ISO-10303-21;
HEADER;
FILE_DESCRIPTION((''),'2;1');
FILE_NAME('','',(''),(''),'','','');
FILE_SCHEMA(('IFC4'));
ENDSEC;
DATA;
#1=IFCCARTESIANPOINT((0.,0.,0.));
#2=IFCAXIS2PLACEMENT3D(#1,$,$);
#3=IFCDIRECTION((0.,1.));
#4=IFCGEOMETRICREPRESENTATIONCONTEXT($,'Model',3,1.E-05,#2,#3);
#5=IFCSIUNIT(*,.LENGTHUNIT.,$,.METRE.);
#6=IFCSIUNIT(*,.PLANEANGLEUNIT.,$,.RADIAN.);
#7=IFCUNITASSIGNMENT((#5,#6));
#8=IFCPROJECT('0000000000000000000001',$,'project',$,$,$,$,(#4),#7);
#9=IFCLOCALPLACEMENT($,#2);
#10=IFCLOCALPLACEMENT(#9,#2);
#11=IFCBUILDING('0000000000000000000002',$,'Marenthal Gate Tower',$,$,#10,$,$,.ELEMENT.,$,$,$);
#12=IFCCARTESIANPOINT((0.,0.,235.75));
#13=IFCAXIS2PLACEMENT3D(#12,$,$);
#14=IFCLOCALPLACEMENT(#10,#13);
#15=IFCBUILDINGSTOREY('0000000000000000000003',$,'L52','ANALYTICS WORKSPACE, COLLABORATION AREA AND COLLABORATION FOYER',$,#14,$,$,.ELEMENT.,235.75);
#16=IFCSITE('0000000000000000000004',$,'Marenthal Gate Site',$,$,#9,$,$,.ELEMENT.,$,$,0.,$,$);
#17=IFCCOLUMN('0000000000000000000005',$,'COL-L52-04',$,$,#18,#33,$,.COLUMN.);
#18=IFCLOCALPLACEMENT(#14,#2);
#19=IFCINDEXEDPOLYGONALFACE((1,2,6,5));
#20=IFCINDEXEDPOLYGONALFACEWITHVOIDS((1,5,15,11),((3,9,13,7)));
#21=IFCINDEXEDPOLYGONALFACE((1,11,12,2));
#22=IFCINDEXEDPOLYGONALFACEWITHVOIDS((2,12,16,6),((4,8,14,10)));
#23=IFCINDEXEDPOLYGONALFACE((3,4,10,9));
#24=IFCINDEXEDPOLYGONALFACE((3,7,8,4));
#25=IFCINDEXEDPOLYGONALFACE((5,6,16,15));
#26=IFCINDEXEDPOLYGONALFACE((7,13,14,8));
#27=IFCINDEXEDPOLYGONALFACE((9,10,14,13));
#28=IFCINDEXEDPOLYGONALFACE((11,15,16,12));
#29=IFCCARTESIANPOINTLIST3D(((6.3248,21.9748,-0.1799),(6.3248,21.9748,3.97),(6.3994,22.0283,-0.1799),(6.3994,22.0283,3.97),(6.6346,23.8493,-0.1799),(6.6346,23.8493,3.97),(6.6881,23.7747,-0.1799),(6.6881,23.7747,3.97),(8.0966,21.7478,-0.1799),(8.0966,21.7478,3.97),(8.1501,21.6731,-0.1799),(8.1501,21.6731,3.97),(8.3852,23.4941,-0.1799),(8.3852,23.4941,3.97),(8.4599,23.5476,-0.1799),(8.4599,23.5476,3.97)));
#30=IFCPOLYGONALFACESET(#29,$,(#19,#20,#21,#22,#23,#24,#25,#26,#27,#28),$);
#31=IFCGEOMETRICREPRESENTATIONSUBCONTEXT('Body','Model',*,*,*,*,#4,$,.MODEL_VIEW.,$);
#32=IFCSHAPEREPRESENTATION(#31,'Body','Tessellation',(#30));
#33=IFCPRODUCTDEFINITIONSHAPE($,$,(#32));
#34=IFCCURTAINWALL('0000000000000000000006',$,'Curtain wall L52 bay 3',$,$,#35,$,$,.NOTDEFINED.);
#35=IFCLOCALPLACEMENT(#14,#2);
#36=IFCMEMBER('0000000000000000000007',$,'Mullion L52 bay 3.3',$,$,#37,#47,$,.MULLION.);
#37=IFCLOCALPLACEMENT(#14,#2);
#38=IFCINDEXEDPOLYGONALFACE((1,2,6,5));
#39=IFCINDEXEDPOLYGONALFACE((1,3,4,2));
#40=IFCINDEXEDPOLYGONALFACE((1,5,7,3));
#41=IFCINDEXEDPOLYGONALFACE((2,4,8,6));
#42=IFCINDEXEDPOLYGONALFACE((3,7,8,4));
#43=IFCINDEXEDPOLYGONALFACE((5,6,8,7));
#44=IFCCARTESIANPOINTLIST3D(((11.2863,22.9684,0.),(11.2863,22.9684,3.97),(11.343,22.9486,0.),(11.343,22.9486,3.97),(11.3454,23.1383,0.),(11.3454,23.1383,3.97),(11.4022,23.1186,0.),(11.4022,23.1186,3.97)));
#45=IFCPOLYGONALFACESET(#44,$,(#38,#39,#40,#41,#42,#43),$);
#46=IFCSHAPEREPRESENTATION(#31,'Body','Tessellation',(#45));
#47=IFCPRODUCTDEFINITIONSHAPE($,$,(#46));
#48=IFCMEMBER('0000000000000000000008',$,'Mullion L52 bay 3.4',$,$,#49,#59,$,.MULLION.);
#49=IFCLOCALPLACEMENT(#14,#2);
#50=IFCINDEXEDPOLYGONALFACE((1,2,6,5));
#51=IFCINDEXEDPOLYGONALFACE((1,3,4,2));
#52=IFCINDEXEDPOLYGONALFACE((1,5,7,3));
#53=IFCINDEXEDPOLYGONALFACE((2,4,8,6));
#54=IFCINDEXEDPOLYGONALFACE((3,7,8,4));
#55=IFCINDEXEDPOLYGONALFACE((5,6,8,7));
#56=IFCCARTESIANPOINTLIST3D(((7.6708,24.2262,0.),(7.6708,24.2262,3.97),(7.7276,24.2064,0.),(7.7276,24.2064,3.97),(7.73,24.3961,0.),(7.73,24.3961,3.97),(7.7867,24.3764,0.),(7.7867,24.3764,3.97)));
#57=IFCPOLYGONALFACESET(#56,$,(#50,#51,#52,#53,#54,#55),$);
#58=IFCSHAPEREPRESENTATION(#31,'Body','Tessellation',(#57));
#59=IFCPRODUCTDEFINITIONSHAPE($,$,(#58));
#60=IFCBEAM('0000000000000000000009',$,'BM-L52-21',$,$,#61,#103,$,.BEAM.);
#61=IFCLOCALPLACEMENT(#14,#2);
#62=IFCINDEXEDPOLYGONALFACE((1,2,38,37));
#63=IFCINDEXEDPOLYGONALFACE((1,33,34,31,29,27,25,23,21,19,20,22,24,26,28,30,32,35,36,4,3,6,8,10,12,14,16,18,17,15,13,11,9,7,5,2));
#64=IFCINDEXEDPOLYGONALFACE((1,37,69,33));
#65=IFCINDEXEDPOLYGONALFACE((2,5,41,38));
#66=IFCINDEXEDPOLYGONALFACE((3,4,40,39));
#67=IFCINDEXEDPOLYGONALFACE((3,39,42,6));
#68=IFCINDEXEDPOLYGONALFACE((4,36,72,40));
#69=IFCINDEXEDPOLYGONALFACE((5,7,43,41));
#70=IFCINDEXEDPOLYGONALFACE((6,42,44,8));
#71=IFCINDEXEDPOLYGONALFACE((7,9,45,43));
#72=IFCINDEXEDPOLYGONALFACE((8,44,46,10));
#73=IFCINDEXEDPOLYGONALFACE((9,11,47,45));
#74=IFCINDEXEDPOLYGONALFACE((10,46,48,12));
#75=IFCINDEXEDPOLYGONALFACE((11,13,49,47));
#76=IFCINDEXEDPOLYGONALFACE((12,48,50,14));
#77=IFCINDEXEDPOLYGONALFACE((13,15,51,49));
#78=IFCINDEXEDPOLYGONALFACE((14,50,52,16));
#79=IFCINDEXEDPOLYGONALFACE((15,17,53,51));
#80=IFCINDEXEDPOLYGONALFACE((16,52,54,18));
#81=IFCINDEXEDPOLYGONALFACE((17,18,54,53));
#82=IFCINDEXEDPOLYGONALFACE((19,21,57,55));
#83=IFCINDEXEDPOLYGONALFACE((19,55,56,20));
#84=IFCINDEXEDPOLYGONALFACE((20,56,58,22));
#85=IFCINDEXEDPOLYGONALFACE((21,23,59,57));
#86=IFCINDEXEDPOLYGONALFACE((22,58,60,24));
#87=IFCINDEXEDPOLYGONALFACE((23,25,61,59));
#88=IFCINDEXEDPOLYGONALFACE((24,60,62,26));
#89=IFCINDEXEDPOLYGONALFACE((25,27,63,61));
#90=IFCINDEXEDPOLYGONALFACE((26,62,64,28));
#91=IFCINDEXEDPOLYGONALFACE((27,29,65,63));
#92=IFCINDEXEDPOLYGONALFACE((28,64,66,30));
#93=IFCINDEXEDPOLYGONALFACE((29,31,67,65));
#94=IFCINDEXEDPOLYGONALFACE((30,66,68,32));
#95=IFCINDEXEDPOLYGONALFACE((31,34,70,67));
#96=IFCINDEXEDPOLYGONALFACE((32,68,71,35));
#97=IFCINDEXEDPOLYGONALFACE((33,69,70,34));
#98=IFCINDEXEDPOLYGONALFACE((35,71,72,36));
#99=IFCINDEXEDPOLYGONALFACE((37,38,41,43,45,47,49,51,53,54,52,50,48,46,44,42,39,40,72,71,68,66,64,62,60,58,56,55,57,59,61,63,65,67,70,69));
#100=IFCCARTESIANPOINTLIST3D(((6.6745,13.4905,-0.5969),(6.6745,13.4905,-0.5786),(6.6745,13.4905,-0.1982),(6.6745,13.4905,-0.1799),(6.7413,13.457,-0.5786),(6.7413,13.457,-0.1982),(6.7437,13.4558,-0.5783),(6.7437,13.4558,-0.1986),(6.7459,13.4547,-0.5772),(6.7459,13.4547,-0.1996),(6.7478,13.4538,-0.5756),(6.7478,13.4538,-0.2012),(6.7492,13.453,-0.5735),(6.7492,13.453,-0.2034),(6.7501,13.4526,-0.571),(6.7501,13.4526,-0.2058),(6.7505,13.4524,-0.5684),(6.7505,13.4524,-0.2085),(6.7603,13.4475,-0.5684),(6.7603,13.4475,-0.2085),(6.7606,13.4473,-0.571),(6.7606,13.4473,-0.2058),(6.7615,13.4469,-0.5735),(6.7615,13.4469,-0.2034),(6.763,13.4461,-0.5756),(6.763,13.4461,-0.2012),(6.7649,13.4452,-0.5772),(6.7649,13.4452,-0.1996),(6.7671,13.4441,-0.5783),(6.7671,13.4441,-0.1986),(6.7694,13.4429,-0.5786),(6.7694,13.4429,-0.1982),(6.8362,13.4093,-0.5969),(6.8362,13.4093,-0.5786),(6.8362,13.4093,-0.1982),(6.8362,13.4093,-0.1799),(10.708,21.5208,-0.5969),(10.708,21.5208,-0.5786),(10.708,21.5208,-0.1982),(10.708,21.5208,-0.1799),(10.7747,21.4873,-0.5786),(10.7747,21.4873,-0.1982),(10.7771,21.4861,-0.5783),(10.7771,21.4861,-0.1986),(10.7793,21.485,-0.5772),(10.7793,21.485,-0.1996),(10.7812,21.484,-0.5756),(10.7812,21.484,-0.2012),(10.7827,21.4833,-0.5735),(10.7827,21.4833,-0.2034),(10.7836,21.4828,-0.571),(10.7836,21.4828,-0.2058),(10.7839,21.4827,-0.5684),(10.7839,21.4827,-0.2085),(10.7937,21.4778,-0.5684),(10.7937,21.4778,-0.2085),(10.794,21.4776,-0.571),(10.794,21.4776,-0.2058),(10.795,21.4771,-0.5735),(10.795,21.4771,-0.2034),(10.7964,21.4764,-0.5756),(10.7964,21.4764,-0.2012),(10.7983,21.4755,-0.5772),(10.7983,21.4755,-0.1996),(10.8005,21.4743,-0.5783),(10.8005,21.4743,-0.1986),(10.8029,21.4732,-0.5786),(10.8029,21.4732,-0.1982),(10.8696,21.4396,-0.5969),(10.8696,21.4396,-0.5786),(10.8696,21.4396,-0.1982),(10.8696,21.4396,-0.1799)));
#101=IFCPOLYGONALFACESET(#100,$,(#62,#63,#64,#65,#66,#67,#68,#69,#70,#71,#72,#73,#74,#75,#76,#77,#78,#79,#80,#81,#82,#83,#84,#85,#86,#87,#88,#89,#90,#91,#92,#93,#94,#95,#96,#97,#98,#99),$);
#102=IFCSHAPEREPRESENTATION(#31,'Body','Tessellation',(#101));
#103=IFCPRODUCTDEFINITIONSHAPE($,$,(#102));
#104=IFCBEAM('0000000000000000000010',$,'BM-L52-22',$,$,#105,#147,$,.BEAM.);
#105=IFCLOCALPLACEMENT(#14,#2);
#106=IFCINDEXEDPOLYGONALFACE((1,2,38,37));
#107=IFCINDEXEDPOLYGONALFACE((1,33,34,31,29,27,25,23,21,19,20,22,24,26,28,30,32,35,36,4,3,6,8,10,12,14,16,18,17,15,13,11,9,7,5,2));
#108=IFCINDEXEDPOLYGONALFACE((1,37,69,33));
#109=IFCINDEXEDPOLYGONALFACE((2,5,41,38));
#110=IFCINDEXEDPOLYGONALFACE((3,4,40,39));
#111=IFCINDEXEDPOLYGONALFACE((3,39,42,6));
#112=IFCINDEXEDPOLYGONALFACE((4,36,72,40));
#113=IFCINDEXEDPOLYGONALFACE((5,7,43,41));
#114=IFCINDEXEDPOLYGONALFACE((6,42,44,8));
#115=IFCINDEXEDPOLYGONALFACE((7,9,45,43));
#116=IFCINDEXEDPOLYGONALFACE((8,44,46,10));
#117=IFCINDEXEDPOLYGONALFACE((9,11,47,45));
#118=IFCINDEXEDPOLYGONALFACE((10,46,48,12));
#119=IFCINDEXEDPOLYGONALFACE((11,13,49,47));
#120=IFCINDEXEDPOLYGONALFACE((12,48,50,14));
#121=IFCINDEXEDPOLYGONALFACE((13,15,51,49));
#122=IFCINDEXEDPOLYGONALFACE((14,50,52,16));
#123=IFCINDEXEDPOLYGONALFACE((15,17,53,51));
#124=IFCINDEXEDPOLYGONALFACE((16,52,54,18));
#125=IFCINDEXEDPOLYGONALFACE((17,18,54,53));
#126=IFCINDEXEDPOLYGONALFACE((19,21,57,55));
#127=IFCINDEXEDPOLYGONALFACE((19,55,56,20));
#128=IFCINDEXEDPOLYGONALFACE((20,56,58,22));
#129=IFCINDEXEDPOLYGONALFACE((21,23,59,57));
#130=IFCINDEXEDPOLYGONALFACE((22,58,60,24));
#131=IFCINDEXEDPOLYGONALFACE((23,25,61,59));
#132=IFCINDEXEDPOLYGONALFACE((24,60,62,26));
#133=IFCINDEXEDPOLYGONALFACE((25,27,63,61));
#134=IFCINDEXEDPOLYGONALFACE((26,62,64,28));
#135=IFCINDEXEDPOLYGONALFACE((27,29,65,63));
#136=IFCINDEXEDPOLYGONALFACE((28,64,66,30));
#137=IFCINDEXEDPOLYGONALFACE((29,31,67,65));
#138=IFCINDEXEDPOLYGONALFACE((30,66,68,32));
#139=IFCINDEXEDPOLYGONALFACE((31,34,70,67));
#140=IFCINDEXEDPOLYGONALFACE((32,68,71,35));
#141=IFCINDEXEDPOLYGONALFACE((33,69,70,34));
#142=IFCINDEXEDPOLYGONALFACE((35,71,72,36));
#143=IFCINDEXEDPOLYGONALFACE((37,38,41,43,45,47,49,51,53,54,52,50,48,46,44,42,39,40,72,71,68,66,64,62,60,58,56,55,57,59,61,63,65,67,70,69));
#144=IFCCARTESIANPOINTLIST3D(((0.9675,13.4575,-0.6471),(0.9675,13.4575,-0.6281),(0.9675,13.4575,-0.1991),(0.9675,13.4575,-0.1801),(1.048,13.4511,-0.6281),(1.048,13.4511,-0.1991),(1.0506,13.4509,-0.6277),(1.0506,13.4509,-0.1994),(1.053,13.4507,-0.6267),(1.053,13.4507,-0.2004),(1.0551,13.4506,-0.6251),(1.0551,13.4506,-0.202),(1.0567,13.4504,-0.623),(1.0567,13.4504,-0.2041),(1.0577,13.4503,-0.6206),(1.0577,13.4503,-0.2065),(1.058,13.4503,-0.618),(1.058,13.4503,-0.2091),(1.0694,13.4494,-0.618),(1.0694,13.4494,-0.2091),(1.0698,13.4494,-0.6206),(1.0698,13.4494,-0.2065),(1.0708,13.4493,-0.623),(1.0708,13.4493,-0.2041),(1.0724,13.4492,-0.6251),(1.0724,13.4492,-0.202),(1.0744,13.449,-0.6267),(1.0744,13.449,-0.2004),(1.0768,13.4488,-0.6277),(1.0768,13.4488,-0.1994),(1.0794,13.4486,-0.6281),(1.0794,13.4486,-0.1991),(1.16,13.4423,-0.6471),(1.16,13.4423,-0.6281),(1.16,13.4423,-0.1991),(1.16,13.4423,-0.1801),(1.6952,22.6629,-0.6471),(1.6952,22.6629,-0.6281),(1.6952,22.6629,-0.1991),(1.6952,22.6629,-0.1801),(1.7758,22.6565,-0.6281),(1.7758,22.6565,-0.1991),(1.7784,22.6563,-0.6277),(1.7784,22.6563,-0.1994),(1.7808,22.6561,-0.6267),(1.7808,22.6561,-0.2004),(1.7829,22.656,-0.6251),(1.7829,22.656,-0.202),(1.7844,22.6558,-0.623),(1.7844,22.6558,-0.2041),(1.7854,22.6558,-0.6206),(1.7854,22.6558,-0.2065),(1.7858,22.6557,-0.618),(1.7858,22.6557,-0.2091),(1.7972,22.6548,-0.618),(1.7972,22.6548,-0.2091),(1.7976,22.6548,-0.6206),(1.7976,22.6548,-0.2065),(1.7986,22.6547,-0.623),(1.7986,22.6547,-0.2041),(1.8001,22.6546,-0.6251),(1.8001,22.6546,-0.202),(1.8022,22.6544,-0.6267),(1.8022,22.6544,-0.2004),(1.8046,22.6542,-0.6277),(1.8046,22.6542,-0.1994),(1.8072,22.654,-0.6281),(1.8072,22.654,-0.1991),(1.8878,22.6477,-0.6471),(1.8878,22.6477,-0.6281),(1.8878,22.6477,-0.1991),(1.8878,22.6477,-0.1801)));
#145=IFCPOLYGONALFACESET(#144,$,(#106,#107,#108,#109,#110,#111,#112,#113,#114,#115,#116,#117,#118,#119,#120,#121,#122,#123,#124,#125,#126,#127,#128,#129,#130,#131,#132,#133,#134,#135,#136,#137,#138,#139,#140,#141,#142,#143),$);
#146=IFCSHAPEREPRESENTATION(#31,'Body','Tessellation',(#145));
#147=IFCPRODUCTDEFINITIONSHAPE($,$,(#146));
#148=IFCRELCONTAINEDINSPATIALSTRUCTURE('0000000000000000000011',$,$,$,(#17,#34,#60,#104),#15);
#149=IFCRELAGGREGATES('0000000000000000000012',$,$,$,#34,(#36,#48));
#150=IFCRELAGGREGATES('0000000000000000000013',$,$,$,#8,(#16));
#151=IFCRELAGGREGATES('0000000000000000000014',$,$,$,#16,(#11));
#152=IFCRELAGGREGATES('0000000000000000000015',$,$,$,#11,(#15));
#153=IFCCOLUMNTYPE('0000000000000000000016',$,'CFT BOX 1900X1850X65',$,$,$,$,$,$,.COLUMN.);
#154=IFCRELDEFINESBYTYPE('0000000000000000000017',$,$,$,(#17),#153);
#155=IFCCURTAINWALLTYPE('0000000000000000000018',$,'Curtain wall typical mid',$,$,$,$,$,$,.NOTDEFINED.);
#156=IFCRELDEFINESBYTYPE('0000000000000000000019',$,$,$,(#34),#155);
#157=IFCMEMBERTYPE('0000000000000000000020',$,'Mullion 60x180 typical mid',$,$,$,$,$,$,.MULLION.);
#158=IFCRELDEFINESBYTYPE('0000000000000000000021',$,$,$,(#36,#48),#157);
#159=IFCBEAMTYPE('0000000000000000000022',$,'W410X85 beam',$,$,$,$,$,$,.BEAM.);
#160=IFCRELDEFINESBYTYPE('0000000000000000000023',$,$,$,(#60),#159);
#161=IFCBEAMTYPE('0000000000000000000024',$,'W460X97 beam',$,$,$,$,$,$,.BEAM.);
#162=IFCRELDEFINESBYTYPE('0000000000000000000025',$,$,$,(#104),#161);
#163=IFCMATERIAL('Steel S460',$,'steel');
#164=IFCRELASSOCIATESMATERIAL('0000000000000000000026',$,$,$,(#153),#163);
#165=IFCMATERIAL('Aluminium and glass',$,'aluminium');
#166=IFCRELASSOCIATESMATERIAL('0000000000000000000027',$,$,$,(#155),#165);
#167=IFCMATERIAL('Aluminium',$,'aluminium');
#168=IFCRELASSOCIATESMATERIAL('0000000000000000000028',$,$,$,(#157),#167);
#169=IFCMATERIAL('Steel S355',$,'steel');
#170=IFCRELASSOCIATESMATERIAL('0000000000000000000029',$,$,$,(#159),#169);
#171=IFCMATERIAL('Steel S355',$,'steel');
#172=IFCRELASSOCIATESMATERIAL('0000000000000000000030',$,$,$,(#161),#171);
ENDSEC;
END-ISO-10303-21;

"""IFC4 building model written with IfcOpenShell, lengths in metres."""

from ifc_helpers import new_model, si_unit, direction, frame, origin, origin_2d, place, context, subcontext, project, spatial, rectangle, hollow_rectangle, i_section, extrude, material, material_profile, profile_set, type_object, element, aggregate, save


model = new_model("IFC4")

# Units and contexts
model_context = context("Model", 3, precision=1e-05, world=origin(), true_north=direction((0.0, 1.0)))
body_context = subcontext(model_context, "Body", "Model", "MODEL_VIEW")
ifc_project = project(units=[si_unit("LENGTHUNIT", "METRE"), si_unit("PLANEANGLEUNIT", "RADIAN")], contexts=[model_context])

# Site, building, storey
site_placement = place(None, origin())
site = spatial("IfcSite", under=ifc_project, at=site_placement, Name="Marenthal Gate Site", CompositionType="ELEMENT", RefElevation=0.0)
building_placement = place(site_placement, origin())
building = spatial("IfcBuilding", under=site, at=building_placement, Name="Marenthal Gate Tower", CompositionType="ELEMENT")
storey_placement = place(building_placement, frame((0.0, 0.0, 235.75)))
storey = spatial("IfcBuildingStorey", under=building, at=storey_placement, Name="L52", Description="ANALYTICS WORKSPACE, COLLABORATION AREA AND COLLABORATION FOYER", CompositionType="ELEMENT", Elevation=235.75)

# Column
ifc_material_1 = material(Name="Steel S460", Category="steel")
ifc_material_profile_1 = material_profile(ifc_material_1, hollow_rectangle(XDim=1.8501, YDim=1.8999, WallThickness=0.0649, at=origin_2d()), Name="CFT BOX 1900X1850X65")
ifc_material_2 = material(Name="Concrete 70 MPa", Category="concrete")
ifc_material_profile_2 = material_profile(ifc_material_2, rectangle(XDim=1.72, YDim=1.77, at=origin_2d()), Name="CFT BOX 1900X1850X65 INFILL")
ifc_profile_set_1 = profile_set([ifc_material_profile_1, ifc_material_profile_2], Name="Steel S460 shell, Concrete 70 MPa infill")
column_type = type_object("IfcColumnType", Name="CFT BOX 1900X1850X65", PredefinedType="COLUMN", material=ifc_profile_set_1)
column_placement = place(storey_placement, frame((7.3923, 22.7612, -0.1799), z_axis=(0.0, 0.0, 1.0), x_axis=(0.986614, -0.163073, 0.0)))
element("IfcColumn", 1, at=column_placement, inside=storey, type_object=column_type, Name="COL-L52-04", PredefinedType="COLUMN", context=body_context, shape_type="SweptSolid", body=[
    extrude(hollow_rectangle(XDim=1.8501, YDim=1.8999, WallThickness=0.0649, at=origin_2d()), origin(), (0.0, 0.0, 1.0), 4.1499),
])

# Curtain wall, members
ifc_material_3 = material(Name="Aluminium and glass", Category="aluminium")
curtain_wall_type = type_object("IfcCurtainWallType", Name="Curtain wall typical mid", PredefinedType="NOTDEFINED", material=ifc_material_3)
curtain_wall_placement = place(storey_placement, origin())
curtain_wall = element("IfcCurtainWall", 2, at=curtain_wall_placement, inside=storey, type_object=curtain_wall_type, Name="Curtain wall L52 bay 3", PredefinedType="NOTDEFINED")
ifc_material_4 = material(Name="Aluminium", Category="aluminium")
ifc_material_profile_3 = material_profile(ifc_material_4, rectangle(XDim=0.1799, YDim=0.0601, at=origin_2d()), Name="60x180 aluminium mullion")
ifc_profile_set_2 = profile_set([ifc_material_profile_3], Name="Aluminium")
member_type = type_object("IfcMemberType", Name="Mullion 60x180 typical mid", PredefinedType="MULLION", material=ifc_profile_set_2)
member_1_placement = place(storey_placement, frame((11.3442, 23.0435, 0.0), z_axis=(0.0, 0.0, 1.0), x_axis=(-0.32854, -0.94449, 0.0)))
member_1 = element("IfcMember", 3, at=member_1_placement, type_object=member_type, Name="Mullion L52 bay 3.3", PredefinedType="MULLION", context=body_context, shape_type="SweptSolid", body=[
    extrude(rectangle(XDim=0.1799, YDim=0.0601, at=origin_2d()), origin(), (0.0, 0.0, 1.0), 3.97),
])
member_2_placement = place(storey_placement, frame((7.7288, 24.3013, 0.0), z_axis=(0.0, 0.0, 1.0), x_axis=(-0.32854, -0.94449, 0.0)))
member_2 = element("IfcMember", 4, at=member_2_placement, type_object=member_type, Name="Mullion L52 bay 3.4", PredefinedType="MULLION", context=body_context, shape_type="SweptSolid", body=[
    extrude(rectangle(XDim=0.1799, YDim=0.0601, at=origin_2d()), origin(), (0.0, 0.0, 1.0), 3.97),
])

# Beams
ifc_material_5 = material(Name="Steel S355", Category="steel")
ifc_material_profile_4 = material_profile(ifc_material_5, i_section(OverallWidth=0.1809, OverallDepth=0.417, WebThickness=0.011, FlangeThickness=0.0183, FilletRadius=0.0103, at=origin_2d()), Name="W410X85")
ifc_profile_set_3 = profile_set([ifc_material_profile_4], Name="Steel S355")
beam_type_1 = type_object("IfcBeamType", Name="W410X85 beam", PredefinedType="BEAM", material=ifc_profile_set_3)
beam_1_placement = place(storey_placement, frame((10.7888, 21.4802, -0.3884), z_axis=(-0.448843, -0.893611, 0.0), x_axis=(0.893611, -0.448843, 0.0)))
element("IfcBeam", 5, at=beam_1_placement, inside=storey, type_object=beam_type_1, Name="BM-L52-21", PredefinedType="BEAM", context=body_context, shape_type="SweptSolid", body=[
    extrude(i_section(OverallWidth=0.1809, OverallDepth=0.417, WebThickness=0.011, FlangeThickness=0.0183, FilletRadius=0.0103, at=origin_2d()), origin(), (0.0, 0.0, 1.0), 8.9863),
])
ifc_material_6 = material(Name="Steel S355", Category="steel")
ifc_material_profile_5 = material_profile(ifc_material_6, i_section(OverallWidth=0.1931, OverallDepth=0.467, WebThickness=0.0115, FlangeThickness=0.019, FilletRadius=0.01, at=origin_2d()), Name="W460X97")
ifc_profile_set_4 = profile_set([ifc_material_profile_5], Name="Steel S355")
beam_type_2 = type_object("IfcBeamType", Name="W460X97 beam", PredefinedType="BEAM", material=ifc_profile_set_4)
beam_2_placement = place(storey_placement, frame((1.7915, 22.6553, -0.4136), z_axis=(-0.078815, -0.996889, 0.0), x_axis=(0.996889, -0.078815, 0.0)))
element("IfcBeam", 6, at=beam_2_placement, inside=storey, type_object=beam_type_2, Name="BM-L52-22", PredefinedType="BEAM", context=body_context, shape_type="SweptSolid", body=[
    extrude(i_section(OverallWidth=0.1931, OverallDepth=0.467, WebThickness=0.0115, FlangeThickness=0.019, FilletRadius=0.01, at=origin_2d()), origin(), (0.0, 0.0, 1.0), 9.2341),
])

aggregate(curtain_wall, [member_1, member_2])

save(model, "model.ifc")
